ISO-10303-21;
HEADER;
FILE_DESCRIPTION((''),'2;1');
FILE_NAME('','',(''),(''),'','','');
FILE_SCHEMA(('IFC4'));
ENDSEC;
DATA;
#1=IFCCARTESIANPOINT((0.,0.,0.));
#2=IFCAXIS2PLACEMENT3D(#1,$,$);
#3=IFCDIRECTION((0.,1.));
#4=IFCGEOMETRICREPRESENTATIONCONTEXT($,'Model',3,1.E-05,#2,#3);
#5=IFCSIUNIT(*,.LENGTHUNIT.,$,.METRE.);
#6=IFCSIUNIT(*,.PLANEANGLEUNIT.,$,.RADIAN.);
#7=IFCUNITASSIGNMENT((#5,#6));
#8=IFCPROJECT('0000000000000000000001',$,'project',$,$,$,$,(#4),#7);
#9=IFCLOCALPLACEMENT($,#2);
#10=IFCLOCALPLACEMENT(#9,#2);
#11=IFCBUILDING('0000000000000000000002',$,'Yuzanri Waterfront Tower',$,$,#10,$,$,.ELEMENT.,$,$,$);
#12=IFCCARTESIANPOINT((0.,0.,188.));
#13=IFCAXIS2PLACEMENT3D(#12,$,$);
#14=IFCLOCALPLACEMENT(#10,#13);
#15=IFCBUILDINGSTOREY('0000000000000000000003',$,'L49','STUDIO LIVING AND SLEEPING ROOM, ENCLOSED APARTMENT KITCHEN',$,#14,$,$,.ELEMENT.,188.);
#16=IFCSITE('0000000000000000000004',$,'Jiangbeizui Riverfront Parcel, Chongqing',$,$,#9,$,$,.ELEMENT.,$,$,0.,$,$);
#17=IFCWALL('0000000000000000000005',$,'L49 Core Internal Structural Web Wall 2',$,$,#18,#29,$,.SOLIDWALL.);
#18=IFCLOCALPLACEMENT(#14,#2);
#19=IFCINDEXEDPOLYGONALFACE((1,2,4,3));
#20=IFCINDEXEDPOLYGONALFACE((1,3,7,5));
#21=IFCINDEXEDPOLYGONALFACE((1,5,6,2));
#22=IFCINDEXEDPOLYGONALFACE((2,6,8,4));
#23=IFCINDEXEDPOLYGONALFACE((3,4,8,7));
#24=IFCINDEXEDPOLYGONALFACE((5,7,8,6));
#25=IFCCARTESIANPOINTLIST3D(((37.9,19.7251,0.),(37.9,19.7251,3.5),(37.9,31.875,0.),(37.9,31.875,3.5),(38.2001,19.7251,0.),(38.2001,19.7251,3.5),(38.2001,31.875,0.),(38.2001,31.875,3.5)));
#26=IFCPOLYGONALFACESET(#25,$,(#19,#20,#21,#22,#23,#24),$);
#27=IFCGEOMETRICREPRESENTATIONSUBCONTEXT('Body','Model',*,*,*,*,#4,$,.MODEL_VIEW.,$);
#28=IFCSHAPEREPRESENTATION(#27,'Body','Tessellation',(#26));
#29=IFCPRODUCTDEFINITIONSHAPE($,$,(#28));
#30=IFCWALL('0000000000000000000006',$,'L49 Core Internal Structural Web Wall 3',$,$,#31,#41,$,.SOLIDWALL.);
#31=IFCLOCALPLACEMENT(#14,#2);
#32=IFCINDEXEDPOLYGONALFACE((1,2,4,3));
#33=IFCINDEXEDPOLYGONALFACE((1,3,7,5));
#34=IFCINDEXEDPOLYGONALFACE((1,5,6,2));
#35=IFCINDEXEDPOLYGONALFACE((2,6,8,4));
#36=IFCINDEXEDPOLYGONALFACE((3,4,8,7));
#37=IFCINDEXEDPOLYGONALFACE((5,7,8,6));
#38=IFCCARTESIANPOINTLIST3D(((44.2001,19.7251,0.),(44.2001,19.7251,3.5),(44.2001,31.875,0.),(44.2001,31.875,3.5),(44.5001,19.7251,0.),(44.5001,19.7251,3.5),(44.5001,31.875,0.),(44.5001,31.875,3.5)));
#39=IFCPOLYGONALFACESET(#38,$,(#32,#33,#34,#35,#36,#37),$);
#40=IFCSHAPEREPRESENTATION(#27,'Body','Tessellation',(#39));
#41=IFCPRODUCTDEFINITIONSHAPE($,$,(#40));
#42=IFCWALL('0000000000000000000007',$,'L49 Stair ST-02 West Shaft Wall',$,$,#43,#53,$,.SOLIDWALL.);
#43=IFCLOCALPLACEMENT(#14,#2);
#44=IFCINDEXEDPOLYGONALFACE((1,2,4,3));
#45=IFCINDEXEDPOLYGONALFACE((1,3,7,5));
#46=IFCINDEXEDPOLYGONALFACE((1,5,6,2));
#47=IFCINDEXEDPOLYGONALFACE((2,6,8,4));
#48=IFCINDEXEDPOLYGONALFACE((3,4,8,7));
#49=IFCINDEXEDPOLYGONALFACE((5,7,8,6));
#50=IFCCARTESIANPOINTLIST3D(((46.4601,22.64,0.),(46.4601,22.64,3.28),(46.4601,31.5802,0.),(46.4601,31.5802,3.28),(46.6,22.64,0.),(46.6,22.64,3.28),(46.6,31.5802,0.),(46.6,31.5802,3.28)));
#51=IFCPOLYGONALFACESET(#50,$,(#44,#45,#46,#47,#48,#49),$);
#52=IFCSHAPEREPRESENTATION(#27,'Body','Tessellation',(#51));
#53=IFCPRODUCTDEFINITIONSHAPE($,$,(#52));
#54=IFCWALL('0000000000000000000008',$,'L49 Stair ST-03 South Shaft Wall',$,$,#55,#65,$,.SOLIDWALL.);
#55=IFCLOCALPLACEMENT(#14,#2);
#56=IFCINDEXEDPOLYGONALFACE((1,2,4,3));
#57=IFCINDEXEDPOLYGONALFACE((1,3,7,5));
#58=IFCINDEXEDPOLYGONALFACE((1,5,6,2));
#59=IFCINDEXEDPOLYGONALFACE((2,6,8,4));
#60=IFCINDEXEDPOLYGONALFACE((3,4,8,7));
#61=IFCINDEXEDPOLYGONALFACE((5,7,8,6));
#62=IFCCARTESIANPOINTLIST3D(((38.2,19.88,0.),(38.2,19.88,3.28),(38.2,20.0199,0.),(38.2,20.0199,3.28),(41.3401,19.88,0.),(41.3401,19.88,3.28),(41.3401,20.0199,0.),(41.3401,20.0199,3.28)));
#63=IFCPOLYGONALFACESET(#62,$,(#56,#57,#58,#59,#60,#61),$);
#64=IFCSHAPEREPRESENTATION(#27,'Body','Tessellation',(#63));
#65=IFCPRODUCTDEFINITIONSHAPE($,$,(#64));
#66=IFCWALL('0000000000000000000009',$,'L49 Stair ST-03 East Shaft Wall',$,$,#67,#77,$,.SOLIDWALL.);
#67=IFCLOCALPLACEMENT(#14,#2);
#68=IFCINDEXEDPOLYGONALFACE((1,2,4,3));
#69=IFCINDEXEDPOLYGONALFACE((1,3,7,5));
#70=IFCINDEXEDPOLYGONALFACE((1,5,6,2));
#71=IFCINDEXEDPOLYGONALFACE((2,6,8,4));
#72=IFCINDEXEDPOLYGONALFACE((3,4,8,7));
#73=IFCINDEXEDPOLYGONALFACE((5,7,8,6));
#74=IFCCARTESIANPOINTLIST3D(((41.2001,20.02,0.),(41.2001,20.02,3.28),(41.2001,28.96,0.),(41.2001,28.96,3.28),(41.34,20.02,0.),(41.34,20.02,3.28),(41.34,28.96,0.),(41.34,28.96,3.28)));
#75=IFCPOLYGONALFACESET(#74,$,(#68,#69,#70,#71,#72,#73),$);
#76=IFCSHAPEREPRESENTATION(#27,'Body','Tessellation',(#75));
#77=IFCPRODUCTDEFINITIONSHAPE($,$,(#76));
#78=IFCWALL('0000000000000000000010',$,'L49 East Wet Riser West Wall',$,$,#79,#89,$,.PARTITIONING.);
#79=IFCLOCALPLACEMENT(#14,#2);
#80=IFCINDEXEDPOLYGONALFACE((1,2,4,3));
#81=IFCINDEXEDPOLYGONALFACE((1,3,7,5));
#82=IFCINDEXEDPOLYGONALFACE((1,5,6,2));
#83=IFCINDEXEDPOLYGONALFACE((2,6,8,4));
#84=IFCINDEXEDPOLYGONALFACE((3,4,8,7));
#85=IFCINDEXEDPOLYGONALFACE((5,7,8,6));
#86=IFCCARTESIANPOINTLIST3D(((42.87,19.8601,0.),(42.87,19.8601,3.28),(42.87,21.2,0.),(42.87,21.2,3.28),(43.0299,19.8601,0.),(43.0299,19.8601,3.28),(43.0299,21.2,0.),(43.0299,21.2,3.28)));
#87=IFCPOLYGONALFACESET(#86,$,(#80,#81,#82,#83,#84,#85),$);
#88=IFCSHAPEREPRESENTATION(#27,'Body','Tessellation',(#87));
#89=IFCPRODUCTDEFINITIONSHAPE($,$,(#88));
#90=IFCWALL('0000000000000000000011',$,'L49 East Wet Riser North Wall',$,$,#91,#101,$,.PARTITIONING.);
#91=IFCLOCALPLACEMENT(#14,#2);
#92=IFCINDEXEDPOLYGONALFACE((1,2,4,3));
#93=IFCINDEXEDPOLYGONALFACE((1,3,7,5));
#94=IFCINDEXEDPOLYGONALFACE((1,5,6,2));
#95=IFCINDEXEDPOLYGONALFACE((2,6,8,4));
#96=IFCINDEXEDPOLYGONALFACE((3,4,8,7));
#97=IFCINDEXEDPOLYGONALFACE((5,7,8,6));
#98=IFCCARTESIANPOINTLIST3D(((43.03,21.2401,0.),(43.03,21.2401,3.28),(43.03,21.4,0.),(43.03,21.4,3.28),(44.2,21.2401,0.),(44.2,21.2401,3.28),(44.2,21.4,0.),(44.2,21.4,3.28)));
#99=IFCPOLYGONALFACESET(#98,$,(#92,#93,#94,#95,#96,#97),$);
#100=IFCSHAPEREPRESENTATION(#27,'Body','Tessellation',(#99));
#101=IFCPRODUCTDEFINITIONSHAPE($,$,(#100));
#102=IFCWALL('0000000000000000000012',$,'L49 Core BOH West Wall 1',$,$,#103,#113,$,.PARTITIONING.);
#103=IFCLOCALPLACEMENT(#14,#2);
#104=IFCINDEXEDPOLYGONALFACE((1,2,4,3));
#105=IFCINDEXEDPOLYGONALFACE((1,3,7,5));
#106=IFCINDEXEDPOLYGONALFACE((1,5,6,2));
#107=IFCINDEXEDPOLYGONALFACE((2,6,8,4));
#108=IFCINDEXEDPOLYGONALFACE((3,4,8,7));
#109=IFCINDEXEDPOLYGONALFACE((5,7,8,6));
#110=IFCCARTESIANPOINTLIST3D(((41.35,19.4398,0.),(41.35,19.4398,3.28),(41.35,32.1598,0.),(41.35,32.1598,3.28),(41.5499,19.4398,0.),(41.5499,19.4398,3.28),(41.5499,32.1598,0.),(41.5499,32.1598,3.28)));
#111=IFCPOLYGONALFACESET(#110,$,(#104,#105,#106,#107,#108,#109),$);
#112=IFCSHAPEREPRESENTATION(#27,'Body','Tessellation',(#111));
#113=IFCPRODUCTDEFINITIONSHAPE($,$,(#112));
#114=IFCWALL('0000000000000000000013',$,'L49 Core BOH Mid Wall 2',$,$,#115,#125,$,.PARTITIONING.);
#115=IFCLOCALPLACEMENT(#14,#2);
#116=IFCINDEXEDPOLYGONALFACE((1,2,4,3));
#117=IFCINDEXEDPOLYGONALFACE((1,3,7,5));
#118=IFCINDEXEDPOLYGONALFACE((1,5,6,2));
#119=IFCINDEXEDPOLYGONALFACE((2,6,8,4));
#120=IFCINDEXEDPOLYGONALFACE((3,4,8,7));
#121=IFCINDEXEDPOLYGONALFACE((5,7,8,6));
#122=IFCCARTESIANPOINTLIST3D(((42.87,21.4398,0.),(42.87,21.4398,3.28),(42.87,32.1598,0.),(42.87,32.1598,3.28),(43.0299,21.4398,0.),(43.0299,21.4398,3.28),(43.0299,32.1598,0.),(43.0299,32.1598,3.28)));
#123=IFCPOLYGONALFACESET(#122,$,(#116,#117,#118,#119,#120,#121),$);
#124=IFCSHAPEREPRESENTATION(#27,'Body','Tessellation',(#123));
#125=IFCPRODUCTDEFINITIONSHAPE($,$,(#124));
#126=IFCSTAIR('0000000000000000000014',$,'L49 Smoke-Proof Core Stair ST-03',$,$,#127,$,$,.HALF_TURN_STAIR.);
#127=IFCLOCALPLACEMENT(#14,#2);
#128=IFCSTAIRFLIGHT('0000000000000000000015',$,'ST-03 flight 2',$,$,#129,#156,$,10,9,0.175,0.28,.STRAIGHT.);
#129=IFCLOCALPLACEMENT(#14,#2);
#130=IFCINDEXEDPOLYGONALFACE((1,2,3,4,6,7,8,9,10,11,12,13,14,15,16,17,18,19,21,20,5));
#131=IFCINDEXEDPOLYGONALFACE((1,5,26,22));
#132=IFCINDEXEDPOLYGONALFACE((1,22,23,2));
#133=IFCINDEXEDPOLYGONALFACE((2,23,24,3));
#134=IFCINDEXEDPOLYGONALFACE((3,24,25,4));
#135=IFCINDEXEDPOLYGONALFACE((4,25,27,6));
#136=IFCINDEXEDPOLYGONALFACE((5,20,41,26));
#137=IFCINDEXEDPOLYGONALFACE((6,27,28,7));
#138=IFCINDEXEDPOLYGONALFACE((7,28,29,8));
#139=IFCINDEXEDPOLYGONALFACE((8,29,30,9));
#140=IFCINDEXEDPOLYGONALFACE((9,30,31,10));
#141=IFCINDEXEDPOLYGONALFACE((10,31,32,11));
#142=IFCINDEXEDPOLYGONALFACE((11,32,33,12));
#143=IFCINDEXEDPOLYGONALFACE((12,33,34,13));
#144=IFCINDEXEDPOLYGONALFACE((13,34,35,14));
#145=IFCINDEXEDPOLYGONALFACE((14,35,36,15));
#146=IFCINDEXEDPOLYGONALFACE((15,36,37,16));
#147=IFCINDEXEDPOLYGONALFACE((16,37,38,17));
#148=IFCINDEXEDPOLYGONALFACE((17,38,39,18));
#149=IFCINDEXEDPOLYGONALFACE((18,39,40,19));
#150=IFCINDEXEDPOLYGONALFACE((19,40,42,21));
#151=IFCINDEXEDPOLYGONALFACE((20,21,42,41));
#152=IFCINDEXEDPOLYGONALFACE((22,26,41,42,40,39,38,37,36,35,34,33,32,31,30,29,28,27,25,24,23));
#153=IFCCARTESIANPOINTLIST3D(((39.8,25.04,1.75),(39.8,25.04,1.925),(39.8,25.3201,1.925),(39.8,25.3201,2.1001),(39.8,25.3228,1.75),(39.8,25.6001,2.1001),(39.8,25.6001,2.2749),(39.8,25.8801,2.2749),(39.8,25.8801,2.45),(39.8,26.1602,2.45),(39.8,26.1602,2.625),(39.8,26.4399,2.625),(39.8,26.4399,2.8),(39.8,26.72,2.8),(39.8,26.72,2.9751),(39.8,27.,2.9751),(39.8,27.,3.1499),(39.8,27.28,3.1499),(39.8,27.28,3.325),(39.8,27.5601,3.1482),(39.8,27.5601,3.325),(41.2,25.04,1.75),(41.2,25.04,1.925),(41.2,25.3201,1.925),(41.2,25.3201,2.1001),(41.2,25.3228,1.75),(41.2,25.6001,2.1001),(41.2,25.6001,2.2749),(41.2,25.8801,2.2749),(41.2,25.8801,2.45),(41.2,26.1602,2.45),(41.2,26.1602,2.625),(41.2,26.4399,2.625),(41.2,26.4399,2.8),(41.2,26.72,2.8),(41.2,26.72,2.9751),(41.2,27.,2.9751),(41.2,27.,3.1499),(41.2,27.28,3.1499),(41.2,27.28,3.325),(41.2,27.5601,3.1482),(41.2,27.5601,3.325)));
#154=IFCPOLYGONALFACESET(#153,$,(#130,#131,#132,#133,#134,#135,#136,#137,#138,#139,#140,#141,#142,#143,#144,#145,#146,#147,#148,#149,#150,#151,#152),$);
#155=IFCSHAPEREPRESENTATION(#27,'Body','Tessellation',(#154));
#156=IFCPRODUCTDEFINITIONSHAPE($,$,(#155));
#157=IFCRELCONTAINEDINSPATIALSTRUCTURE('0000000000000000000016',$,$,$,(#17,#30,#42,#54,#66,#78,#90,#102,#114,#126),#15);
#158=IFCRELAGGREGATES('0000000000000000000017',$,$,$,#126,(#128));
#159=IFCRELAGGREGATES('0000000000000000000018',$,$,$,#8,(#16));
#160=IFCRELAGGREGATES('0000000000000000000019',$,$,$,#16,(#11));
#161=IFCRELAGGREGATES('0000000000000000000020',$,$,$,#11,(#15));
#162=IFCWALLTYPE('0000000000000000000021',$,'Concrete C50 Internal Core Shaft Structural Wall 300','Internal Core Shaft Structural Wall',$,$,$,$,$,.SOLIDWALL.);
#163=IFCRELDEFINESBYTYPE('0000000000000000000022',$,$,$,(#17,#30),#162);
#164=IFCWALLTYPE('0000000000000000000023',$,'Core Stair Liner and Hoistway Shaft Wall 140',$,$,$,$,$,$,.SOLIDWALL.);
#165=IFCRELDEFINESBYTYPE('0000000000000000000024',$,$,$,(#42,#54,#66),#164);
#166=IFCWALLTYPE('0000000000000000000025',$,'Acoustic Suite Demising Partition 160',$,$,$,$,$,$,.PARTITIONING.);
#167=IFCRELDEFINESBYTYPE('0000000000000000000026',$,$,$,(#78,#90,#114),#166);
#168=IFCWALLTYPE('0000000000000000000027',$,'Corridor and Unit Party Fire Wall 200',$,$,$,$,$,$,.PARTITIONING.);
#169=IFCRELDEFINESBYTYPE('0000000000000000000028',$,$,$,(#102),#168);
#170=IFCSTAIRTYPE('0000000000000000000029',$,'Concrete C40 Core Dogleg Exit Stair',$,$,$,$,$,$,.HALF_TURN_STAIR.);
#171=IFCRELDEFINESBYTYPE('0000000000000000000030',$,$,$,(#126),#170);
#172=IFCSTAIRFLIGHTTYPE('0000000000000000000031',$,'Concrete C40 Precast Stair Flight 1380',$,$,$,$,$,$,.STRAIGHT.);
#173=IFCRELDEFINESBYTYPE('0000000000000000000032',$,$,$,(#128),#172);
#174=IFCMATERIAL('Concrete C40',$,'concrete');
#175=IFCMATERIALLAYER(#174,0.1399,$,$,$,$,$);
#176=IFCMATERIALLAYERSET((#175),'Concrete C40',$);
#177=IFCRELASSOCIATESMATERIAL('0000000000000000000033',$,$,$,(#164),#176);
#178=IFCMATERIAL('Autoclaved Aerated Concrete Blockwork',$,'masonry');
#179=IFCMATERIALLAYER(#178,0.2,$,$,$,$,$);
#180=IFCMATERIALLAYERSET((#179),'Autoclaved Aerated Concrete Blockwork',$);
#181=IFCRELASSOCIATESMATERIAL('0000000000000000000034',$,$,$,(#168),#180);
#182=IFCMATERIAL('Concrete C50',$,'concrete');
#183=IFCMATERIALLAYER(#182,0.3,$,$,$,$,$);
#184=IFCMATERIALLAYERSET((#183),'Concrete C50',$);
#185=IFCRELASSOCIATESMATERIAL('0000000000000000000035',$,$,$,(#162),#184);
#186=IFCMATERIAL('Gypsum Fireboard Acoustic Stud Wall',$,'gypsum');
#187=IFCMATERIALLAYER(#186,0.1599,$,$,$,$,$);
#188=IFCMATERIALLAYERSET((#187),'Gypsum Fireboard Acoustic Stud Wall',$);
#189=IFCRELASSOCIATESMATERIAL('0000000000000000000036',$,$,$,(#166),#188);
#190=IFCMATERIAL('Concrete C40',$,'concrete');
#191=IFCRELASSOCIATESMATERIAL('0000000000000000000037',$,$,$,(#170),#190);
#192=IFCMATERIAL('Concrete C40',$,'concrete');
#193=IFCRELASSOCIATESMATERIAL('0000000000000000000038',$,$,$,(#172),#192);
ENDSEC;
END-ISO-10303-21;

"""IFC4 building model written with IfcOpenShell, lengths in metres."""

from ifc_helpers import new_model, si_unit, direction, frame, frame_2d, origin, place, context, subcontext, project, spatial, polyline, rectangle, outline, extrude, source, transform, mapped, material, layer, layer_set, type_object, element, aggregate, save


model = new_model("IFC4")

# Units and contexts
model_context = context("Model", 3, precision=1e-05, world=origin(), true_north=direction((0.0, 1.0)))
body_context = subcontext(model_context, "Body", "Model", "MODEL_VIEW")
ifc_project = project(units=[si_unit("LENGTHUNIT", "METRE"), si_unit("PLANEANGLEUNIT", "RADIAN")], contexts=[model_context])

# Site, building, storey
site_placement = place(None, origin())
site = spatial("IfcSite", under=ifc_project, at=site_placement, Name="Jiangbeizui Riverfront Parcel, Chongqing", CompositionType="ELEMENT", RefElevation=0.0)
building_placement = place(site_placement, origin())
building = spatial("IfcBuilding", under=site, at=building_placement, Name="Yuzanri Waterfront Tower", CompositionType="ELEMENT")
storey_placement = place(building_placement, frame((0.0, 0.0, 188.0)))
storey = spatial("IfcBuildingStorey", under=building, at=storey_placement, Name="L49", Description="STUDIO LIVING AND SLEEPING ROOM, ENCLOSED APARTMENT KITCHEN", CompositionType="ELEMENT", Elevation=188.0)

# Shared definitions
ifc_material_1 = material(Name="Concrete C40", Category="concrete")
ifc_layer_1 = layer(ifc_material_1, 0.1399)
ifc_layer_set_1 = layer_set([ifc_layer_1], Name="Concrete C40")
wall_type_1 = type_object("IfcWallType", Name="Core Stair Liner and Hoistway Shaft Wall 140", PredefinedType="SOLIDWALL", material=ifc_layer_set_1)
ifc_material_2 = material(Name="Autoclaved Aerated Concrete Blockwork", Category="masonry")
ifc_layer_2 = layer(ifc_material_2, 0.2)
ifc_layer_set_2 = layer_set([ifc_layer_2], Name="Autoclaved Aerated Concrete Blockwork")
wall_type_2 = type_object("IfcWallType", Name="Corridor and Unit Party Fire Wall 200", PredefinedType="PARTITIONING", material=ifc_layer_set_2)

# Walls
ifc_material_3 = material(Name="Concrete C50", Category="concrete")
ifc_layer_3 = layer(ifc_material_3, 0.3)
ifc_layer_set_3 = layer_set([ifc_layer_3], Name="Concrete C50")
wall_type_3 = type_object("IfcWallType", Name="Concrete C50 Internal Core Shaft Structural Wall 300", Description="Internal Core Shaft Structural Wall", PredefinedType="SOLIDWALL", material=ifc_layer_set_3)
shared_shape_1 = source(origin(), body_context, "Body", "SweptSolid", [
    extrude(rectangle(XDim=12.1499, YDim=0.3, at=frame_2d((6.075, 0.0))), origin(), (0.0, 0.0, 1.0), 3.5),
])
for number, where, z_axis, x_axis, name in (
    (1, (38.05, 19.7251, 0.0), (0.0, 0.0, 1.0), (0.0, 1.0, 0.0), "L49 Core Internal Structural Web Wall 2"),
    (2, (44.3501, 19.7251, 0.0), (0.0, 0.0, 1.0), (0.0, 1.0, 0.0), "L49 Core Internal Structural Web Wall 3"),
):
    element("IfcWall", number, at=place(storey_placement, frame(where, z_axis=z_axis, x_axis=x_axis)), inside=storey, type_object=wall_type_3, Name=name, PredefinedType="SOLIDWALL", context=body_context, shape_type="MappedRepresentation", body=[
        mapped(shared_shape_1, transform((0.0, 0.0, 0.0), scale=1.0)),
    ])
shared_shape_2 = source(origin(), body_context, "Body", "SweptSolid", [
    extrude(rectangle(XDim=8.9402, YDim=0.1399, at=frame_2d((4.4702, 0.0))), origin(), (0.0, 0.0, 1.0), 3.28),
])
wall_1_placement = place(storey_placement, frame((46.53, 22.6399, 0.0), z_axis=(0.0, 0.0, 1.0), x_axis=(0.0, 1.0, 0.0)))
element("IfcWall", 3, at=wall_1_placement, inside=storey, type_object=wall_type_1, Name="L49 Stair ST-02 West Shaft Wall", PredefinedType="SOLIDWALL", context=body_context, shape_type="MappedRepresentation", body=[
    mapped(shared_shape_2, transform((0.0, 0.0, 0.0), scale=1.0)),
])
shared_shape_3 = source(origin(), body_context, "Body", "SweptSolid", [
    extrude(rectangle(XDim=3.1401, YDim=0.1399, at=frame_2d((1.5701, 0.0))), origin(), (0.0, 0.0, 1.0), 3.28),
])
wall_2_placement = place(storey_placement, frame((38.2, 19.95, 0.0), z_axis=(0.0, 0.0, 1.0), x_axis=(1.0, 0.0, 0.0)))
element("IfcWall", 4, at=wall_2_placement, inside=storey, type_object=wall_type_1, Name="L49 Stair ST-03 South Shaft Wall", PredefinedType="SOLIDWALL", context=body_context, shape_type="MappedRepresentation", body=[
    mapped(shared_shape_3, transform((0.0, 0.0, 0.0), scale=1.0)),
])
shared_shape_4 = source(origin(), body_context, "Body", "SweptSolid", [
    extrude(rectangle(XDim=8.9399, YDim=0.1399, at=frame_2d((4.47, 0.0))), origin(), (0.0, 0.0, 1.0), 3.28),
])
wall_3_placement = place(storey_placement, frame((41.27, 20.02, 0.0), z_axis=(0.0, 0.0, 1.0), x_axis=(0.0, 1.0, 0.0)))
element("IfcWall", 5, at=wall_3_placement, inside=storey, type_object=wall_type_1, Name="L49 Stair ST-03 East Shaft Wall", PredefinedType="SOLIDWALL", context=body_context, shape_type="MappedRepresentation", body=[
    mapped(shared_shape_4, transform((0.0, 0.0, 0.0), scale=1.0)),
])
ifc_material_4 = material(Name="Gypsum Fireboard Acoustic Stud Wall", Category="gypsum")
ifc_layer_4 = layer(ifc_material_4, 0.1599)
ifc_layer_set_4 = layer_set([ifc_layer_4], Name="Gypsum Fireboard Acoustic Stud Wall")
wall_type_4 = type_object("IfcWallType", Name="Acoustic Suite Demising Partition 160", PredefinedType="PARTITIONING", material=ifc_layer_set_4)
shared_shape_5 = source(origin(), body_context, "Body", "SweptSolid", [
    extrude(rectangle(XDim=1.3398, YDim=0.1599, at=frame_2d((0.6699, 0.0))), origin(), (0.0, 0.0, 1.0), 3.28),
])
wall_4_placement = place(storey_placement, frame((42.95, 19.8601, 0.0), z_axis=(0.0, 0.0, 1.0), x_axis=(0.0, 1.0, 0.0)))
element("IfcWall", 6, at=wall_4_placement, inside=storey, type_object=wall_type_4, Name="L49 East Wet Riser West Wall", PredefinedType="PARTITIONING", context=body_context, shape_type="MappedRepresentation", body=[
    mapped(shared_shape_5, transform((0.0, 0.0, 0.0), scale=1.0)),
])
shared_shape_6 = source(origin(), body_context, "Body", "SweptSolid", [
    extrude(rectangle(XDim=1.1699, YDim=0.1599, at=frame_2d((0.585, 0.0))), origin(), (0.0, 0.0, 1.0), 3.28),
])
wall_5_placement = place(storey_placement, frame((43.03, 21.3201, 0.0), z_axis=(0.0, 0.0, 1.0), x_axis=(1.0, 0.0, 0.0)))
element("IfcWall", 7, at=wall_5_placement, inside=storey, type_object=wall_type_4, Name="L49 East Wet Riser North Wall", PredefinedType="PARTITIONING", context=body_context, shape_type="MappedRepresentation", body=[
    mapped(shared_shape_6, transform((0.0, 0.0, 0.0), scale=1.0)),
])
shared_shape_7 = source(origin(), body_context, "Body", "SweptSolid", [
    extrude(rectangle(XDim=12.72, YDim=0.2, at=frame_2d((6.3599, 0.0))), origin(), (0.0, 0.0, 1.0), 3.28),
])
wall_6_placement = place(storey_placement, frame((41.45, 19.4399, 0.0), z_axis=(0.0, 0.0, 1.0), x_axis=(0.0, 1.0, 0.0)))
element("IfcWall", 8, at=wall_6_placement, inside=storey, type_object=wall_type_2, Name="L49 Core BOH West Wall 1", PredefinedType="PARTITIONING", context=body_context, shape_type="MappedRepresentation", body=[
    mapped(shared_shape_7, transform((0.0, 0.0, 0.0), scale=1.0)),
])
shared_shape_8 = source(origin(), body_context, "Body", "SweptSolid", [
    extrude(rectangle(XDim=10.72, YDim=0.1599, at=frame_2d((5.3599, 0.0))), origin(), (0.0, 0.0, 1.0), 3.28),
])
wall_7_placement = place(storey_placement, frame((42.95, 21.4399, 0.0), z_axis=(0.0, 0.0, 1.0), x_axis=(0.0, 1.0, 0.0)))
element("IfcWall", 9, at=wall_7_placement, inside=storey, type_object=wall_type_4, Name="L49 Core BOH Mid Wall 2", PredefinedType="PARTITIONING", context=body_context, shape_type="MappedRepresentation", body=[
    mapped(shared_shape_8, transform((0.0, 0.0, 0.0), scale=1.0)),
])

# Stair, stair flight
ifc_material_5 = material(Name="Concrete C40", Category="concrete")
stair_type = type_object("IfcStairType", Name="Concrete C40 Core Dogleg Exit Stair", PredefinedType="HALF_TURN_STAIR", material=ifc_material_5)
stair_placement = place(storey_placement, origin())
stair = element("IfcStair", 10, at=stair_placement, inside=storey, type_object=stair_type, Name="L49 Smoke-Proof Core Stair ST-03", PredefinedType="HALF_TURN_STAIR")
ifc_material_6 = material(Name="Concrete C40", Category="concrete")
stair_flight_type = type_object("IfcStairFlightType", Name="Concrete C40 Precast Stair Flight 1380", PredefinedType="STRAIGHT", material=ifc_material_6)
shared_shape_9 = source(origin(), body_context, "Body", "SweptSolid", [
    extrude(outline(polyline([(0.0, 0.0), (0.0, 0.175), (0.28, 0.175), (0.28, 0.3501), (0.5601, 0.3501), (0.5601, 0.5249), (0.8401, 0.5249), (0.8401, 0.7), (1.1201, 0.7), (1.1201, 0.875), (1.3999, 0.875), (1.3999, 1.05), (1.6799, 1.05), (1.6799, 1.2251), (1.96, 1.2251), (1.96, 1.3999), (2.24, 1.3999), (2.24, 1.575), (2.52, 1.575), (2.52, 1.75), (2.52, 1.3982), (0.2827, 0.0), (0.0, 0.0)])), frame((0.0, 0.7, 0.0), z_axis=(0.0, -1.0, 0.0), x_axis=(1.0, 0.0, 0.0)), (0.0, 0.0, 1.0), 1.3999),
])
stair_flight_placement = place(storey_placement, frame((40.5, 25.04, 1.75), z_axis=(0.0, 0.0, 1.0), x_axis=(0.0, 1.0, 0.0)))
stair_flight = element("IfcStairFlight", 11, at=stair_flight_placement, type_object=stair_flight_type, Name="ST-03 flight 2", NumberOfRisers=10, NumberOfTreads=9, PredefinedType="STRAIGHT", RiserHeight=0.175, TreadLength=0.28, context=body_context, shape_type="MappedRepresentation", body=[
    mapped(shared_shape_9, transform((0.0, 0.0, 0.0), scale=1.0)),
])
aggregate(stair, [stair_flight])

save(model, "model.ifc")
